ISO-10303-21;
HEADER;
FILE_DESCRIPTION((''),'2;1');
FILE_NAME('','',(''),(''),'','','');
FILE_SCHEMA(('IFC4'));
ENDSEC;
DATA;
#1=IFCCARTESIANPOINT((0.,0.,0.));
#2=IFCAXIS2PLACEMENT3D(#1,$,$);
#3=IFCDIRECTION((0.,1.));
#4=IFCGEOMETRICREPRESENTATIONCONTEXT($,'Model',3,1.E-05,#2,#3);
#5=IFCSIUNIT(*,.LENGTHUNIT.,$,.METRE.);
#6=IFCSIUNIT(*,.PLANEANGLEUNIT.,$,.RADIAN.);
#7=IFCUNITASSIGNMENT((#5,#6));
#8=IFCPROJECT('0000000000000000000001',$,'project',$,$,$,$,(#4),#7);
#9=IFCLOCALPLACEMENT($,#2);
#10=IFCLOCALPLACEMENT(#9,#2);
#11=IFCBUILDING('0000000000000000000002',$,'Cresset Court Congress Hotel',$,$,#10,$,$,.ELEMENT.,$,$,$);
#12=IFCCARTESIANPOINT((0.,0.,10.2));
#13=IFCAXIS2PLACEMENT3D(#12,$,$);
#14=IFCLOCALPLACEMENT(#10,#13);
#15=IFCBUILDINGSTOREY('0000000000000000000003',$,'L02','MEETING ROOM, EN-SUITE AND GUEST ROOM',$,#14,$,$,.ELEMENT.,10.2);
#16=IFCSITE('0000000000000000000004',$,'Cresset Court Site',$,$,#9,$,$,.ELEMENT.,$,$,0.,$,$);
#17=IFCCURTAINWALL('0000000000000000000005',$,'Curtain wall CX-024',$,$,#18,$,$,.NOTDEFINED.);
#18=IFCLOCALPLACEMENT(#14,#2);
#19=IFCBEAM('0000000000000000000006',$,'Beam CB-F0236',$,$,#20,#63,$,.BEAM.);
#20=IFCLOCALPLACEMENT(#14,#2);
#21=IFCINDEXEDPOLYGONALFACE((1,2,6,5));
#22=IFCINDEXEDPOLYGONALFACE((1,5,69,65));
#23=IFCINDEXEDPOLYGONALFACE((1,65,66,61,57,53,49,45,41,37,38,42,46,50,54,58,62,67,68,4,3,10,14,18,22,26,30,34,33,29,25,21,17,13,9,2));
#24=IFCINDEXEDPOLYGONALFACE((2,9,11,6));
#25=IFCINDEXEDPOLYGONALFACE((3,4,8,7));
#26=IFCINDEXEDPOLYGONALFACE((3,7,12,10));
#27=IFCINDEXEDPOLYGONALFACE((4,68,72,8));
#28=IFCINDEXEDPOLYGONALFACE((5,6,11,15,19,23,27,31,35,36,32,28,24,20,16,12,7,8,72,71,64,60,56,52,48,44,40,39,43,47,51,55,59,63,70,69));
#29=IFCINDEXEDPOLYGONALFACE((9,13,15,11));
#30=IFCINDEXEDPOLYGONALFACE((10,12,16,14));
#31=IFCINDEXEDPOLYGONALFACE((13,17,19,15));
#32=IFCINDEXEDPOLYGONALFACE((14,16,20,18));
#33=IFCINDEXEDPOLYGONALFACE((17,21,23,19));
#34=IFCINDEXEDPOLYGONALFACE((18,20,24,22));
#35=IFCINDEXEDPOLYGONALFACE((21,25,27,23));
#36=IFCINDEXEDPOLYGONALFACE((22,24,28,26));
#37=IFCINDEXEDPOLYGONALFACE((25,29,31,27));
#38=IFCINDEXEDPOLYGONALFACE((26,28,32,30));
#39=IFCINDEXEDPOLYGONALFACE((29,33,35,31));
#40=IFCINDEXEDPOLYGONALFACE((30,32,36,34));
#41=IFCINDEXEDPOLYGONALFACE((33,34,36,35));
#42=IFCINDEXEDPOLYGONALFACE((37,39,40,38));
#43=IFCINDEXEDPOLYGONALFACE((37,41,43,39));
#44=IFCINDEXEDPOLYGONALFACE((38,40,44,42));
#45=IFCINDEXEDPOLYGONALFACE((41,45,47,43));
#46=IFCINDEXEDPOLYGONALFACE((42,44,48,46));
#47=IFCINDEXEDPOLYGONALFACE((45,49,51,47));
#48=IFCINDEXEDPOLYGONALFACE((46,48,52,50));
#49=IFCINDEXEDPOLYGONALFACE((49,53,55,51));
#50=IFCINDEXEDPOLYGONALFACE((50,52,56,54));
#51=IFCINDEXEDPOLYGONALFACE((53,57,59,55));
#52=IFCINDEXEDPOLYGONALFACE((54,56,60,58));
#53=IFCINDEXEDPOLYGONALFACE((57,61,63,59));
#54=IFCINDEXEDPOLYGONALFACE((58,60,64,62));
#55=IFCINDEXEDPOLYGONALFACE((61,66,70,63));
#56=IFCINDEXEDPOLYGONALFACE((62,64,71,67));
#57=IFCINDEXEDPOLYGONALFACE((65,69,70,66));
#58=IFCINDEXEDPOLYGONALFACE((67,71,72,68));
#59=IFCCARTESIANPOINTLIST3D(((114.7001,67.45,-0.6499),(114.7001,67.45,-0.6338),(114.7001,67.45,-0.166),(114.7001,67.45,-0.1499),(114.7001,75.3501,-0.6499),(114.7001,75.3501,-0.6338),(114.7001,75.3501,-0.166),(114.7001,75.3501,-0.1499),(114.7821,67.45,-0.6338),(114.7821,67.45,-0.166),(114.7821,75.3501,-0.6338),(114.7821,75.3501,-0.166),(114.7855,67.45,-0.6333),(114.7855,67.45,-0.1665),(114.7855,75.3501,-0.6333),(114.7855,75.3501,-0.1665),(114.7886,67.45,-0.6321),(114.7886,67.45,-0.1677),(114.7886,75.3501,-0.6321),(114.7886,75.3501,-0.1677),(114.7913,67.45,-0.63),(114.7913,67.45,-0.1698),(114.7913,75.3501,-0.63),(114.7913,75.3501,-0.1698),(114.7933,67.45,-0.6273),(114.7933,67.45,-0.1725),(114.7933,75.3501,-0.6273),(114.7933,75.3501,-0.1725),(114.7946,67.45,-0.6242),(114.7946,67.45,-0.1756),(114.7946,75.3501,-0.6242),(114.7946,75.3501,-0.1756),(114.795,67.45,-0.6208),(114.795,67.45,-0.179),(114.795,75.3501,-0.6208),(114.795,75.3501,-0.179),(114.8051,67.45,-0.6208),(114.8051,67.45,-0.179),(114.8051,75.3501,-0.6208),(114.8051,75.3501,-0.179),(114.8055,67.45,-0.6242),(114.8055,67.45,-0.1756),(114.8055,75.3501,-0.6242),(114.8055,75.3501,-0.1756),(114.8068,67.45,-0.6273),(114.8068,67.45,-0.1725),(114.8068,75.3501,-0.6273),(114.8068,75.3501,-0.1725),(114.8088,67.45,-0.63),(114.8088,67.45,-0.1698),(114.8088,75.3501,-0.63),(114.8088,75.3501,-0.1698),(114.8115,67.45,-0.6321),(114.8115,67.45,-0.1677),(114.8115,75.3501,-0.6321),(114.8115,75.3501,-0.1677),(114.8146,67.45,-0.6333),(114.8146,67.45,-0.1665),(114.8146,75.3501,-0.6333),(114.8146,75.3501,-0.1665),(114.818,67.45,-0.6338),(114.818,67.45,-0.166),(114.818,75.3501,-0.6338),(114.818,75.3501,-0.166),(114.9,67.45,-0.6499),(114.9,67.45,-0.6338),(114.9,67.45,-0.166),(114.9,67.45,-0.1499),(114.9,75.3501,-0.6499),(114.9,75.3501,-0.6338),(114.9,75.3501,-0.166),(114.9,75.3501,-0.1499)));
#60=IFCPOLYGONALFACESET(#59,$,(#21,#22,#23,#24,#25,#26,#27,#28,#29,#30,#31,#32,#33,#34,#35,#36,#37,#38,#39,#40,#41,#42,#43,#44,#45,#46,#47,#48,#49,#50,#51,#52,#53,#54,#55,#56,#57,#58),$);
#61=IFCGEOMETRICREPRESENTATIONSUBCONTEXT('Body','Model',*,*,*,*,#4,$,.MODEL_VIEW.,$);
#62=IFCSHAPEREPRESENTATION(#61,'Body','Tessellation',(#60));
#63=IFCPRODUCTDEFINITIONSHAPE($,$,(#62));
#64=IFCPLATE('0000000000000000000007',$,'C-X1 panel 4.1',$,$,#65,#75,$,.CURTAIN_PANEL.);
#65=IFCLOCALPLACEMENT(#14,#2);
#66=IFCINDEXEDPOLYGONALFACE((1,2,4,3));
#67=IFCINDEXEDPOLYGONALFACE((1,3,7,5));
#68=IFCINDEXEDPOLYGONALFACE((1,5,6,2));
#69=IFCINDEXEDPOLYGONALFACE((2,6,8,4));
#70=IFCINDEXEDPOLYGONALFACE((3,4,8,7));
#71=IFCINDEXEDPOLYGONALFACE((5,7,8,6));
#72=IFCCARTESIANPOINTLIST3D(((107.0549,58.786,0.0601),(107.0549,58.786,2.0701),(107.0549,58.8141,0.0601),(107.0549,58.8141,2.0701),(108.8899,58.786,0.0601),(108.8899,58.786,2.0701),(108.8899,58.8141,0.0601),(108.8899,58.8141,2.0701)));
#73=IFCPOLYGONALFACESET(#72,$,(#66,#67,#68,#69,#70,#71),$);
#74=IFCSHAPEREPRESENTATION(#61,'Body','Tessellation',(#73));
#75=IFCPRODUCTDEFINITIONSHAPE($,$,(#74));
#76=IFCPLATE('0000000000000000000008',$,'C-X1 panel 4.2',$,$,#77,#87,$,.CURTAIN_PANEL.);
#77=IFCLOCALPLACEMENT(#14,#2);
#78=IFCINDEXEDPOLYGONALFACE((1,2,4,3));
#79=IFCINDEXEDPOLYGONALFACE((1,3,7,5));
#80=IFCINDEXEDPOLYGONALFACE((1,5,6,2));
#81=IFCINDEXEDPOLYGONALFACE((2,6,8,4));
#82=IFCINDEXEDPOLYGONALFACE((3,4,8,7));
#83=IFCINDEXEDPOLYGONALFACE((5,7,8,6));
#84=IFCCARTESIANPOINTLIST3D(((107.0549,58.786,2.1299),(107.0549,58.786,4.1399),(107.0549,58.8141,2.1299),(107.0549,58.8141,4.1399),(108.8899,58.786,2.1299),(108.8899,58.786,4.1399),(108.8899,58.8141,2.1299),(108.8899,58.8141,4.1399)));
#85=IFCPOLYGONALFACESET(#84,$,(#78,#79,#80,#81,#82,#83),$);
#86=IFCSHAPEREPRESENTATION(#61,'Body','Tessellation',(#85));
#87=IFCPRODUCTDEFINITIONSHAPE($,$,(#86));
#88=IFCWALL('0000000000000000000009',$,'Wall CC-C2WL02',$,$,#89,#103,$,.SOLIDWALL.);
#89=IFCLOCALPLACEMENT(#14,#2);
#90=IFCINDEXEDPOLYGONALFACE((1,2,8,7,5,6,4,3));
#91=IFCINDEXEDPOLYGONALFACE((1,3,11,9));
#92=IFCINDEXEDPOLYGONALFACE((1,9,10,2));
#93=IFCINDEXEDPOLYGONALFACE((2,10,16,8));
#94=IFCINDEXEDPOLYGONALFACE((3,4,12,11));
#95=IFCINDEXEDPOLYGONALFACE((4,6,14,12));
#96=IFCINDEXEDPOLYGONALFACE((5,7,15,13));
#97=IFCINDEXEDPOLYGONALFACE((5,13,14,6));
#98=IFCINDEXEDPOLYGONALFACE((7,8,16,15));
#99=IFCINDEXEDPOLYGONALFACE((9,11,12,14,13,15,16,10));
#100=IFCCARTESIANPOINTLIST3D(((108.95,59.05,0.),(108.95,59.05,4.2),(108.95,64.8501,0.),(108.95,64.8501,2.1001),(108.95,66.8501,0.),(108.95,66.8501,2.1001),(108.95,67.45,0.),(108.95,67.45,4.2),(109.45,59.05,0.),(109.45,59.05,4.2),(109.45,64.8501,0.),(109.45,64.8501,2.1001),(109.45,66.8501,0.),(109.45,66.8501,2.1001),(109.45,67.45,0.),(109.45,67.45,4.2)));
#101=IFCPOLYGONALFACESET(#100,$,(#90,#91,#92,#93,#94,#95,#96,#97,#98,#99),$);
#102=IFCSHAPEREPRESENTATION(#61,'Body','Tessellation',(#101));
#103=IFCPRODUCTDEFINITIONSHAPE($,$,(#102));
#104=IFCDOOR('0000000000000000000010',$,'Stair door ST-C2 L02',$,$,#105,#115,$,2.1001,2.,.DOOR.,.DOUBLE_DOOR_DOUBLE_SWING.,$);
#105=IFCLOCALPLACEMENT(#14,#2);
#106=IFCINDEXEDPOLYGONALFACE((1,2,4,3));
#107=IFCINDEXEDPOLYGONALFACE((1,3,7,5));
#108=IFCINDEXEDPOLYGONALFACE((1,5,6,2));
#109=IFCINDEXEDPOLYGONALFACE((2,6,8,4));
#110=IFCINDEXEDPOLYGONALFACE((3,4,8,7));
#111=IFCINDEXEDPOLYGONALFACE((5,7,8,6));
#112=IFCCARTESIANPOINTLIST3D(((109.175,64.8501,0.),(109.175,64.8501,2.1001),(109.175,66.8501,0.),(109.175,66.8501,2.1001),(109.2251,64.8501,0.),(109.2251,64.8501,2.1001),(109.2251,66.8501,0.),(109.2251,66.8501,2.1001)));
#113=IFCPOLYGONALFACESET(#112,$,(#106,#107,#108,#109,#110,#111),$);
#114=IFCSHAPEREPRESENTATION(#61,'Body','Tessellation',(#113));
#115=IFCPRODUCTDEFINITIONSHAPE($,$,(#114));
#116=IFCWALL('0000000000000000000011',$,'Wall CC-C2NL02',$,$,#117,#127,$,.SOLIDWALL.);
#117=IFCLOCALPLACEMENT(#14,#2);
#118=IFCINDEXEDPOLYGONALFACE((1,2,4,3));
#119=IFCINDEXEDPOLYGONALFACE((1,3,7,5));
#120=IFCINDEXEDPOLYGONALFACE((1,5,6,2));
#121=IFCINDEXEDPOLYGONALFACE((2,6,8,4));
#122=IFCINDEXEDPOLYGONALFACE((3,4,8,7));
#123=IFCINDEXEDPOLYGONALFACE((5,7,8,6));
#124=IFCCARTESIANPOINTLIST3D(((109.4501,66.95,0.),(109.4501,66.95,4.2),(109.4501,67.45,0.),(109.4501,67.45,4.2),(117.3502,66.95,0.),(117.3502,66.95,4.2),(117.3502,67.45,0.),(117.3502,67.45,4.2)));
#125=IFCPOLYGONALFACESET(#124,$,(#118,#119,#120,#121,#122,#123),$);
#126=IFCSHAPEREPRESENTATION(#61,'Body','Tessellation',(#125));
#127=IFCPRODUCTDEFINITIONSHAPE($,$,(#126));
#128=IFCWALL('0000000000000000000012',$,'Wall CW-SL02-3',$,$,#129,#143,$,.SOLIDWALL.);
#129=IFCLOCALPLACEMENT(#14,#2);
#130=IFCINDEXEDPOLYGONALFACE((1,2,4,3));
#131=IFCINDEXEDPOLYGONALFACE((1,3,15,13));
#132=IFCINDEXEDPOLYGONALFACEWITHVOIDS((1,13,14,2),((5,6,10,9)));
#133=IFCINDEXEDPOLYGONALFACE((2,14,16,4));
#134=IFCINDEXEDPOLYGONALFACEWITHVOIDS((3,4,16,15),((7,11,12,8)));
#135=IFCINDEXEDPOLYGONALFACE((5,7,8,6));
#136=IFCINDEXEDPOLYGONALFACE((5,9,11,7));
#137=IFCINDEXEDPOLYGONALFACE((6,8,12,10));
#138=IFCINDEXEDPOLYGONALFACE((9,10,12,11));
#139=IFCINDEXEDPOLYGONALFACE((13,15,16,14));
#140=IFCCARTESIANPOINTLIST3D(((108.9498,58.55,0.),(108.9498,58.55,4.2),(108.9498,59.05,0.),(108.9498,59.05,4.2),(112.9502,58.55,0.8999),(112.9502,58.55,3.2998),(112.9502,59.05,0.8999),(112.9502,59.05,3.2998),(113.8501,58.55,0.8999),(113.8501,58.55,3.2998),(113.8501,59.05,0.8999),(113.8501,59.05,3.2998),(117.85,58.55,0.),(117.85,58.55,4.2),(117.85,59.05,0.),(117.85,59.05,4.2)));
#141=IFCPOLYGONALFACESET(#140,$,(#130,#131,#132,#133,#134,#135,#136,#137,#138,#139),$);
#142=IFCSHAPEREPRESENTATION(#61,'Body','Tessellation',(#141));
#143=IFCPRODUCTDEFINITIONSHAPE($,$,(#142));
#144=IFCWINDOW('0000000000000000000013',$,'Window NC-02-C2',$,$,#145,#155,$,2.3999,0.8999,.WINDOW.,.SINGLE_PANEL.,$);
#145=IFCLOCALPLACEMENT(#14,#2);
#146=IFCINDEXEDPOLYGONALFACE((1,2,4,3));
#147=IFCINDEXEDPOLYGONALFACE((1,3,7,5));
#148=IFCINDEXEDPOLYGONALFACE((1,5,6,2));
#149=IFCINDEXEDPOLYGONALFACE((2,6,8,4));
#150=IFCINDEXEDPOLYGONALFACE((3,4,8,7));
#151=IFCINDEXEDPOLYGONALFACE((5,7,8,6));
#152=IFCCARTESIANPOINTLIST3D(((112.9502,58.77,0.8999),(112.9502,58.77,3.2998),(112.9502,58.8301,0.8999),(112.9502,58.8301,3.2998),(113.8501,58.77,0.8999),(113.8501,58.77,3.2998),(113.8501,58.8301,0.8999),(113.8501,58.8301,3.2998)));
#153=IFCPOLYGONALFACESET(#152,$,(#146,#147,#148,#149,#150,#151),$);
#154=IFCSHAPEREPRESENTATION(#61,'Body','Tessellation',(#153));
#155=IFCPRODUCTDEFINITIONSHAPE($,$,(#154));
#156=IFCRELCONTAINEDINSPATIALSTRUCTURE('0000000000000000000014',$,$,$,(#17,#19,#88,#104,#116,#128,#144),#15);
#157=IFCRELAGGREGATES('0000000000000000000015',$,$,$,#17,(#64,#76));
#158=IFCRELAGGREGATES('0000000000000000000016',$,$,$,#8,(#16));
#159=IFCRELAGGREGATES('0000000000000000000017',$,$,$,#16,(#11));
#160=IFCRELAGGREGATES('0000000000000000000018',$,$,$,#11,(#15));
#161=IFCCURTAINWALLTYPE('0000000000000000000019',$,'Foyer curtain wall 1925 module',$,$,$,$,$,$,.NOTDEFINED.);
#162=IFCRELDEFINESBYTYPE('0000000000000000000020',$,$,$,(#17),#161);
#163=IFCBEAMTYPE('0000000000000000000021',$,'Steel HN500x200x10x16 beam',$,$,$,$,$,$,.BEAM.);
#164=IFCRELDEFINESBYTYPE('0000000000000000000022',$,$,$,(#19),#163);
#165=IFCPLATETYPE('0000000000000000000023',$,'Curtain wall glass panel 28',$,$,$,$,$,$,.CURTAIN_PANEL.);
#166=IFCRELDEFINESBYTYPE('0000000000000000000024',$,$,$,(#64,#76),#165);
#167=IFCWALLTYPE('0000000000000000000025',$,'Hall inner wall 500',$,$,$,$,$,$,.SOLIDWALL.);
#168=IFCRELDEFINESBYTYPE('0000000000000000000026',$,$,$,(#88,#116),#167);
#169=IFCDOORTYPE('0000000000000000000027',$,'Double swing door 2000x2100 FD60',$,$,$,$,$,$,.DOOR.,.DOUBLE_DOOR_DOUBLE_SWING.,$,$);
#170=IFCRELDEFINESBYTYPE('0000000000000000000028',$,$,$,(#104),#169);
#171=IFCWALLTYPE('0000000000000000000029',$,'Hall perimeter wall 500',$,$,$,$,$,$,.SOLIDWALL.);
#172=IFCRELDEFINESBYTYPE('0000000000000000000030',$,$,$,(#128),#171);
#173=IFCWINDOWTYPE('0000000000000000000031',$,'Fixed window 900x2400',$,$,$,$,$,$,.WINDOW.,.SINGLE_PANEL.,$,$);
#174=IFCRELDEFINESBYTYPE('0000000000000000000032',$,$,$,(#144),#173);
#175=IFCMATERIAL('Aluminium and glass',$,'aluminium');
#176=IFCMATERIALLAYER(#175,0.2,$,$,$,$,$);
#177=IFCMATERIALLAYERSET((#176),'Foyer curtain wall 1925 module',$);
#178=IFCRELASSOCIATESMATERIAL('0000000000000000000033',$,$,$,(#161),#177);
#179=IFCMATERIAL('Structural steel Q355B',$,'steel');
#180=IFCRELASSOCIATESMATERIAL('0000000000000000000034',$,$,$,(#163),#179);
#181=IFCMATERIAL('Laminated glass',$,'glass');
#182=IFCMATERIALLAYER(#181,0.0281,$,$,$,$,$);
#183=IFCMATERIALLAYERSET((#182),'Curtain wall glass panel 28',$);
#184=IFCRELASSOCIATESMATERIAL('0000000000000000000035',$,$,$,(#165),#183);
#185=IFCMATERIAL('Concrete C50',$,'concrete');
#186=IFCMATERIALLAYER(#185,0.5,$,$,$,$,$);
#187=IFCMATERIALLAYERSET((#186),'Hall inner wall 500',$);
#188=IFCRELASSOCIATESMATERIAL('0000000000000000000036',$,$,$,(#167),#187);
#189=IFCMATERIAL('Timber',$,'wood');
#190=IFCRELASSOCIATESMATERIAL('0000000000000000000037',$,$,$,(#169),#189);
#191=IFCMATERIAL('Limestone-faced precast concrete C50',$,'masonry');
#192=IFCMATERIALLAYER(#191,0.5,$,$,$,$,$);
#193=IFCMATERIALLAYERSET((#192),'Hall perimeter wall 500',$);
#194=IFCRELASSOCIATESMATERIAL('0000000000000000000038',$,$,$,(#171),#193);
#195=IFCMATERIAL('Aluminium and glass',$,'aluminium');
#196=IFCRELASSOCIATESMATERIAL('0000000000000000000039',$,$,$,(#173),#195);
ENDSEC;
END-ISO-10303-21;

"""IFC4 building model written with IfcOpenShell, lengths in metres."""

from ifc_helpers import new_model, si_unit, direction, frame, frame_2d, origin, origin_2d, place, context, subcontext, project, spatial, rectangle, i_section, extrude, material, layer, layer_set, material_profile, profile_set, type_object, element, fill, aggregate, save


model = new_model("IFC4")

# Units and contexts
model_context = context("Model", 3, precision=1e-05, world=origin(), true_north=direction((0.0, 1.0)))
body_context = subcontext(model_context, "Body", "Model", "MODEL_VIEW")
ifc_project = project(units=[si_unit("LENGTHUNIT", "METRE"), si_unit("PLANEANGLEUNIT", "RADIAN")], contexts=[model_context])

# Site, building, storey
site_placement = place(None, origin())
site = spatial("IfcSite", under=ifc_project, at=site_placement, Name="Cresset Court Site", CompositionType="ELEMENT", RefElevation=0.0)
building_placement = place(site_placement, origin())
building = spatial("IfcBuilding", under=site, at=building_placement, Name="Cresset Court Congress Hotel", CompositionType="ELEMENT")
storey_placement = place(building_placement, frame((0.0, 0.0, 10.2)))
storey = spatial("IfcBuildingStorey", under=building, at=storey_placement, Name="L02", Description="MEETING ROOM, EN-SUITE AND GUEST ROOM", CompositionType="ELEMENT", Elevation=10.2)

# Curtain wall
ifc_material_1 = material(Name="Aluminium and glass", Category="aluminium")
ifc_layer_1 = layer(ifc_material_1, 0.2)
ifc_layer_set_1 = layer_set([ifc_layer_1], Name="Foyer curtain wall 1925 module")
curtain_wall_type = type_object("IfcCurtainWallType", Name="Foyer curtain wall 1925 module", PredefinedType="NOTDEFINED", material=ifc_layer_set_1)
curtain_wall_placement = place(storey_placement, origin())
curtain_wall = element("IfcCurtainWall", 1, at=curtain_wall_placement, inside=storey, type_object=curtain_wall_type, Name="Curtain wall CX-024", PredefinedType="NOTDEFINED")

# Beam
ifc_material_2 = material(Name="Structural steel Q355B", Category="steel")
ifc_material_profile_1 = material_profile(ifc_material_2, i_section(OverallWidth=0.2, OverallDepth=0.5, WebThickness=0.01, FlangeThickness=0.0161, FilletRadius=0.0129, at=origin_2d()), Name="HN500x200x10x16")
ifc_profile_set_1 = profile_set([ifc_material_profile_1], Name="Structural steel Q355B")
beam_type = type_object("IfcBeamType", Name="Steel HN500x200x10x16 beam", PredefinedType="BEAM", material=ifc_profile_set_1)
for number, where, z_axis, x_axis, name in (
    (2, (114.8, 67.45, -0.3999), (0.0, 1.0, 0.0), (-1.0, 0.0, 0.0), "Beam CB-F0236"),
):
    element("IfcBeam", number, at=place(storey_placement, frame(where, z_axis=z_axis, x_axis=x_axis)), inside=storey, type_object=beam_type, Name=name, PredefinedType="BEAM", context=body_context, shape_type="SweptSolid", body=[
        extrude(i_section(OverallWidth=0.2, OverallDepth=0.5, WebThickness=0.01, FlangeThickness=0.0161, FilletRadius=0.0129, at=origin_2d()), origin(), (0.0, 0.0, 1.0), 7.9001),
    ])

# Plates
ifc_material_3 = material(Name="Laminated glass", Category="glass")
ifc_layer_2 = layer(ifc_material_3, 0.0281)
ifc_layer_set_2 = layer_set([ifc_layer_2], Name="Curtain wall glass panel 28")
plate_type = type_object("IfcPlateType", Name="Curtain wall glass panel 28", PredefinedType="CURTAIN_PANEL", material=ifc_layer_set_2)
plate_1_placement = place(storey_placement, frame((107.9724, 58.8, 0.0601), z_axis=(0.0, 0.0, 1.0), x_axis=(1.0, 0.0, 0.0)))
plate_1 = element("IfcPlate", 3, at=plate_1_placement, type_object=plate_type, Name="C-X1 panel 4.1", PredefinedType="CURTAIN_PANEL", context=body_context, shape_type="SweptSolid", body=[
    extrude(rectangle(XDim=1.835, YDim=0.0281, at=origin_2d()), origin(), (0.0, 0.0, 1.0), 2.01),
])
plate_2_placement = place(storey_placement, frame((107.9724, 58.8, 2.1299), z_axis=(0.0, 0.0, 1.0), x_axis=(1.0, 0.0, 0.0)))
plate_2 = element("IfcPlate", 4, at=plate_2_placement, type_object=plate_type, Name="C-X1 panel 4.2", PredefinedType="CURTAIN_PANEL", context=body_context, shape_type="SweptSolid", body=[
    extrude(rectangle(XDim=1.835, YDim=0.0281, at=origin_2d()), origin(), (0.0, 0.0, 1.0), 2.01),
])
aggregate(curtain_wall, [plate_1, plate_2])

# Wall, opening, door
ifc_material_4 = material(Name="Concrete C50", Category="concrete")
ifc_layer_3 = layer(ifc_material_4, 0.5)
ifc_layer_set_3 = layer_set([ifc_layer_3], Name="Hall inner wall 500")
wall_type_1 = type_object("IfcWallType", Name="Hall inner wall 500", PredefinedType="SOLIDWALL", material=ifc_layer_set_3)
wall_1_placement = place(storey_placement, frame((109.2, 59.05, 0.0), z_axis=(0.0, 0.0, 1.0), x_axis=(0.0, 1.0, 0.0)))
wall_1 = element("IfcWall", 5, at=wall_1_placement, inside=storey, type_object=wall_type_1, Name="Wall CC-C2WL02", PredefinedType="SOLIDWALL", context=body_context, shape_type="SweptSolid", body=[
    extrude(rectangle(XDim=8.3999, YDim=0.5, at=frame_2d((4.2, 0.0))), origin(), (0.0, 0.0, 1.0), 4.2),
])
opening_1_placement = place(wall_1_placement, frame((5.8, 0.0, 0.0)))
opening_1 = element("IfcOpeningElement", 6, at=opening_1_placement, cuts=wall_1, PredefinedType="OPENING", context=body_context, shape_type="SweptSolid", body=[
    extrude(rectangle(XDim=2.0, YDim=2.1001, at=frame_2d((1.0, 1.05))), frame((0.0, 0.26, 0.0), z_axis=(0.0, -1.0, 0.0), x_axis=(1.0, 0.0, 0.0)), (0.0, 0.0, 1.0), 0.52),
])
ifc_material_5 = material(Name="Timber", Category="wood")
door_type_1 = type_object("IfcDoorType", Name="Double swing door 2000x2100 FD60", OperationType="DOUBLE_DOOR_DOUBLE_SWING", PredefinedType="DOOR", material=ifc_material_5)
door_1_placement = place(opening_1_placement, origin())
door_1 = element("IfcDoor", 7, at=door_1_placement, inside=storey, type_object=door_type_1, Name="Stair door ST-C2 L02", OperationType="DOUBLE_DOOR_DOUBLE_SWING", OverallHeight=2.1001, OverallWidth=2.0, PredefinedType="DOOR", context=body_context, shape_type="SweptSolid", body=[
    extrude(rectangle(XDim=2.0, YDim=2.1001, at=frame_2d((1.0, 1.05))), frame((0.0, 0.0249, 0.0), z_axis=(0.0, -1.0, 0.0), x_axis=(1.0, 0.0, 0.0)), (0.0, 0.0, 1.0), 0.05),
])
fill(opening_1, door_1)

# Wall
wall_2_placement = place(storey_placement, frame((109.45, 67.2, 0.0), z_axis=(0.0, 0.0, 1.0), x_axis=(1.0, 0.0, 0.0)))
element("IfcWall", 8, at=wall_2_placement, inside=storey, type_object=wall_type_1, Name="Wall CC-C2NL02", PredefinedType="SOLIDWALL", context=body_context, shape_type="SweptSolid", body=[
    extrude(rectangle(XDim=7.9001, YDim=0.5, at=frame_2d((3.9502, 0.0))), origin(), (0.0, 0.0, 1.0), 4.2),
])

# Wall, opening, window
ifc_material_6 = material(Name="Limestone-faced precast concrete C50", Category="masonry")
ifc_layer_4 = layer(ifc_material_6, 0.5)
ifc_layer_set_4 = layer_set([ifc_layer_4], Name="Hall perimeter wall 500")
wall_type_2 = type_object("IfcWallType", Name="Hall perimeter wall 500", PredefinedType="SOLIDWALL", material=ifc_layer_set_4)
wall_3_placement = place(storey_placement, frame((117.8501, 58.8, 0.0), z_axis=(0.0, 0.0, 1.0), x_axis=(-1.0, 0.0, 0.0)))
wall_3 = element("IfcWall", 9, at=wall_3_placement, inside=storey, type_object=wall_type_2, Name="Wall CW-SL02-3", PredefinedType="SOLIDWALL", context=body_context, shape_type="SweptSolid", body=[
    extrude(rectangle(XDim=8.9001, YDim=0.5, at=frame_2d((4.4502, 0.0))), origin(), (0.0, 0.0, 1.0), 4.2),
])
opening_2_placement = place(wall_3_placement, frame((4.0, 0.0, 0.8999)))
opening_2 = element("IfcOpeningElement", 10, at=opening_2_placement, cuts=wall_3, PredefinedType="OPENING", context=body_context, shape_type="SweptSolid", body=[
    extrude(rectangle(XDim=0.8999, YDim=2.3999, at=frame_2d((0.45, 1.2))), frame((0.0, 0.26, 0.0), z_axis=(0.0, -1.0, 0.0), x_axis=(1.0, 0.0, 0.0)), (0.0, 0.0, 1.0), 0.52),
])
ifc_material_7 = material(Name="Aluminium and glass", Category="aluminium")
window_type = type_object("IfcWindowType", Name="Fixed window 900x2400", PartitioningType="SINGLE_PANEL", PredefinedType="WINDOW", material=ifc_material_7)
window_placement = place(opening_2_placement, origin())
window = element("IfcWindow", 11, at=window_placement, inside=storey, type_object=window_type, Name="Window NC-02-C2", OverallHeight=2.3999, OverallWidth=0.8999, PartitioningType="SINGLE_PANEL", PredefinedType="WINDOW", context=body_context, shape_type="SweptSolid", body=[
    extrude(rectangle(XDim=0.8999, YDim=2.3999, at=frame_2d((0.45, 1.2))), frame((0.0, 0.03, 0.0), z_axis=(0.0, -1.0, 0.0), x_axis=(1.0, 0.0, 0.0)), (0.0, 0.0, 1.0), 0.0601),
])
fill(opening_2, window)

save(model, "model.ifc")
